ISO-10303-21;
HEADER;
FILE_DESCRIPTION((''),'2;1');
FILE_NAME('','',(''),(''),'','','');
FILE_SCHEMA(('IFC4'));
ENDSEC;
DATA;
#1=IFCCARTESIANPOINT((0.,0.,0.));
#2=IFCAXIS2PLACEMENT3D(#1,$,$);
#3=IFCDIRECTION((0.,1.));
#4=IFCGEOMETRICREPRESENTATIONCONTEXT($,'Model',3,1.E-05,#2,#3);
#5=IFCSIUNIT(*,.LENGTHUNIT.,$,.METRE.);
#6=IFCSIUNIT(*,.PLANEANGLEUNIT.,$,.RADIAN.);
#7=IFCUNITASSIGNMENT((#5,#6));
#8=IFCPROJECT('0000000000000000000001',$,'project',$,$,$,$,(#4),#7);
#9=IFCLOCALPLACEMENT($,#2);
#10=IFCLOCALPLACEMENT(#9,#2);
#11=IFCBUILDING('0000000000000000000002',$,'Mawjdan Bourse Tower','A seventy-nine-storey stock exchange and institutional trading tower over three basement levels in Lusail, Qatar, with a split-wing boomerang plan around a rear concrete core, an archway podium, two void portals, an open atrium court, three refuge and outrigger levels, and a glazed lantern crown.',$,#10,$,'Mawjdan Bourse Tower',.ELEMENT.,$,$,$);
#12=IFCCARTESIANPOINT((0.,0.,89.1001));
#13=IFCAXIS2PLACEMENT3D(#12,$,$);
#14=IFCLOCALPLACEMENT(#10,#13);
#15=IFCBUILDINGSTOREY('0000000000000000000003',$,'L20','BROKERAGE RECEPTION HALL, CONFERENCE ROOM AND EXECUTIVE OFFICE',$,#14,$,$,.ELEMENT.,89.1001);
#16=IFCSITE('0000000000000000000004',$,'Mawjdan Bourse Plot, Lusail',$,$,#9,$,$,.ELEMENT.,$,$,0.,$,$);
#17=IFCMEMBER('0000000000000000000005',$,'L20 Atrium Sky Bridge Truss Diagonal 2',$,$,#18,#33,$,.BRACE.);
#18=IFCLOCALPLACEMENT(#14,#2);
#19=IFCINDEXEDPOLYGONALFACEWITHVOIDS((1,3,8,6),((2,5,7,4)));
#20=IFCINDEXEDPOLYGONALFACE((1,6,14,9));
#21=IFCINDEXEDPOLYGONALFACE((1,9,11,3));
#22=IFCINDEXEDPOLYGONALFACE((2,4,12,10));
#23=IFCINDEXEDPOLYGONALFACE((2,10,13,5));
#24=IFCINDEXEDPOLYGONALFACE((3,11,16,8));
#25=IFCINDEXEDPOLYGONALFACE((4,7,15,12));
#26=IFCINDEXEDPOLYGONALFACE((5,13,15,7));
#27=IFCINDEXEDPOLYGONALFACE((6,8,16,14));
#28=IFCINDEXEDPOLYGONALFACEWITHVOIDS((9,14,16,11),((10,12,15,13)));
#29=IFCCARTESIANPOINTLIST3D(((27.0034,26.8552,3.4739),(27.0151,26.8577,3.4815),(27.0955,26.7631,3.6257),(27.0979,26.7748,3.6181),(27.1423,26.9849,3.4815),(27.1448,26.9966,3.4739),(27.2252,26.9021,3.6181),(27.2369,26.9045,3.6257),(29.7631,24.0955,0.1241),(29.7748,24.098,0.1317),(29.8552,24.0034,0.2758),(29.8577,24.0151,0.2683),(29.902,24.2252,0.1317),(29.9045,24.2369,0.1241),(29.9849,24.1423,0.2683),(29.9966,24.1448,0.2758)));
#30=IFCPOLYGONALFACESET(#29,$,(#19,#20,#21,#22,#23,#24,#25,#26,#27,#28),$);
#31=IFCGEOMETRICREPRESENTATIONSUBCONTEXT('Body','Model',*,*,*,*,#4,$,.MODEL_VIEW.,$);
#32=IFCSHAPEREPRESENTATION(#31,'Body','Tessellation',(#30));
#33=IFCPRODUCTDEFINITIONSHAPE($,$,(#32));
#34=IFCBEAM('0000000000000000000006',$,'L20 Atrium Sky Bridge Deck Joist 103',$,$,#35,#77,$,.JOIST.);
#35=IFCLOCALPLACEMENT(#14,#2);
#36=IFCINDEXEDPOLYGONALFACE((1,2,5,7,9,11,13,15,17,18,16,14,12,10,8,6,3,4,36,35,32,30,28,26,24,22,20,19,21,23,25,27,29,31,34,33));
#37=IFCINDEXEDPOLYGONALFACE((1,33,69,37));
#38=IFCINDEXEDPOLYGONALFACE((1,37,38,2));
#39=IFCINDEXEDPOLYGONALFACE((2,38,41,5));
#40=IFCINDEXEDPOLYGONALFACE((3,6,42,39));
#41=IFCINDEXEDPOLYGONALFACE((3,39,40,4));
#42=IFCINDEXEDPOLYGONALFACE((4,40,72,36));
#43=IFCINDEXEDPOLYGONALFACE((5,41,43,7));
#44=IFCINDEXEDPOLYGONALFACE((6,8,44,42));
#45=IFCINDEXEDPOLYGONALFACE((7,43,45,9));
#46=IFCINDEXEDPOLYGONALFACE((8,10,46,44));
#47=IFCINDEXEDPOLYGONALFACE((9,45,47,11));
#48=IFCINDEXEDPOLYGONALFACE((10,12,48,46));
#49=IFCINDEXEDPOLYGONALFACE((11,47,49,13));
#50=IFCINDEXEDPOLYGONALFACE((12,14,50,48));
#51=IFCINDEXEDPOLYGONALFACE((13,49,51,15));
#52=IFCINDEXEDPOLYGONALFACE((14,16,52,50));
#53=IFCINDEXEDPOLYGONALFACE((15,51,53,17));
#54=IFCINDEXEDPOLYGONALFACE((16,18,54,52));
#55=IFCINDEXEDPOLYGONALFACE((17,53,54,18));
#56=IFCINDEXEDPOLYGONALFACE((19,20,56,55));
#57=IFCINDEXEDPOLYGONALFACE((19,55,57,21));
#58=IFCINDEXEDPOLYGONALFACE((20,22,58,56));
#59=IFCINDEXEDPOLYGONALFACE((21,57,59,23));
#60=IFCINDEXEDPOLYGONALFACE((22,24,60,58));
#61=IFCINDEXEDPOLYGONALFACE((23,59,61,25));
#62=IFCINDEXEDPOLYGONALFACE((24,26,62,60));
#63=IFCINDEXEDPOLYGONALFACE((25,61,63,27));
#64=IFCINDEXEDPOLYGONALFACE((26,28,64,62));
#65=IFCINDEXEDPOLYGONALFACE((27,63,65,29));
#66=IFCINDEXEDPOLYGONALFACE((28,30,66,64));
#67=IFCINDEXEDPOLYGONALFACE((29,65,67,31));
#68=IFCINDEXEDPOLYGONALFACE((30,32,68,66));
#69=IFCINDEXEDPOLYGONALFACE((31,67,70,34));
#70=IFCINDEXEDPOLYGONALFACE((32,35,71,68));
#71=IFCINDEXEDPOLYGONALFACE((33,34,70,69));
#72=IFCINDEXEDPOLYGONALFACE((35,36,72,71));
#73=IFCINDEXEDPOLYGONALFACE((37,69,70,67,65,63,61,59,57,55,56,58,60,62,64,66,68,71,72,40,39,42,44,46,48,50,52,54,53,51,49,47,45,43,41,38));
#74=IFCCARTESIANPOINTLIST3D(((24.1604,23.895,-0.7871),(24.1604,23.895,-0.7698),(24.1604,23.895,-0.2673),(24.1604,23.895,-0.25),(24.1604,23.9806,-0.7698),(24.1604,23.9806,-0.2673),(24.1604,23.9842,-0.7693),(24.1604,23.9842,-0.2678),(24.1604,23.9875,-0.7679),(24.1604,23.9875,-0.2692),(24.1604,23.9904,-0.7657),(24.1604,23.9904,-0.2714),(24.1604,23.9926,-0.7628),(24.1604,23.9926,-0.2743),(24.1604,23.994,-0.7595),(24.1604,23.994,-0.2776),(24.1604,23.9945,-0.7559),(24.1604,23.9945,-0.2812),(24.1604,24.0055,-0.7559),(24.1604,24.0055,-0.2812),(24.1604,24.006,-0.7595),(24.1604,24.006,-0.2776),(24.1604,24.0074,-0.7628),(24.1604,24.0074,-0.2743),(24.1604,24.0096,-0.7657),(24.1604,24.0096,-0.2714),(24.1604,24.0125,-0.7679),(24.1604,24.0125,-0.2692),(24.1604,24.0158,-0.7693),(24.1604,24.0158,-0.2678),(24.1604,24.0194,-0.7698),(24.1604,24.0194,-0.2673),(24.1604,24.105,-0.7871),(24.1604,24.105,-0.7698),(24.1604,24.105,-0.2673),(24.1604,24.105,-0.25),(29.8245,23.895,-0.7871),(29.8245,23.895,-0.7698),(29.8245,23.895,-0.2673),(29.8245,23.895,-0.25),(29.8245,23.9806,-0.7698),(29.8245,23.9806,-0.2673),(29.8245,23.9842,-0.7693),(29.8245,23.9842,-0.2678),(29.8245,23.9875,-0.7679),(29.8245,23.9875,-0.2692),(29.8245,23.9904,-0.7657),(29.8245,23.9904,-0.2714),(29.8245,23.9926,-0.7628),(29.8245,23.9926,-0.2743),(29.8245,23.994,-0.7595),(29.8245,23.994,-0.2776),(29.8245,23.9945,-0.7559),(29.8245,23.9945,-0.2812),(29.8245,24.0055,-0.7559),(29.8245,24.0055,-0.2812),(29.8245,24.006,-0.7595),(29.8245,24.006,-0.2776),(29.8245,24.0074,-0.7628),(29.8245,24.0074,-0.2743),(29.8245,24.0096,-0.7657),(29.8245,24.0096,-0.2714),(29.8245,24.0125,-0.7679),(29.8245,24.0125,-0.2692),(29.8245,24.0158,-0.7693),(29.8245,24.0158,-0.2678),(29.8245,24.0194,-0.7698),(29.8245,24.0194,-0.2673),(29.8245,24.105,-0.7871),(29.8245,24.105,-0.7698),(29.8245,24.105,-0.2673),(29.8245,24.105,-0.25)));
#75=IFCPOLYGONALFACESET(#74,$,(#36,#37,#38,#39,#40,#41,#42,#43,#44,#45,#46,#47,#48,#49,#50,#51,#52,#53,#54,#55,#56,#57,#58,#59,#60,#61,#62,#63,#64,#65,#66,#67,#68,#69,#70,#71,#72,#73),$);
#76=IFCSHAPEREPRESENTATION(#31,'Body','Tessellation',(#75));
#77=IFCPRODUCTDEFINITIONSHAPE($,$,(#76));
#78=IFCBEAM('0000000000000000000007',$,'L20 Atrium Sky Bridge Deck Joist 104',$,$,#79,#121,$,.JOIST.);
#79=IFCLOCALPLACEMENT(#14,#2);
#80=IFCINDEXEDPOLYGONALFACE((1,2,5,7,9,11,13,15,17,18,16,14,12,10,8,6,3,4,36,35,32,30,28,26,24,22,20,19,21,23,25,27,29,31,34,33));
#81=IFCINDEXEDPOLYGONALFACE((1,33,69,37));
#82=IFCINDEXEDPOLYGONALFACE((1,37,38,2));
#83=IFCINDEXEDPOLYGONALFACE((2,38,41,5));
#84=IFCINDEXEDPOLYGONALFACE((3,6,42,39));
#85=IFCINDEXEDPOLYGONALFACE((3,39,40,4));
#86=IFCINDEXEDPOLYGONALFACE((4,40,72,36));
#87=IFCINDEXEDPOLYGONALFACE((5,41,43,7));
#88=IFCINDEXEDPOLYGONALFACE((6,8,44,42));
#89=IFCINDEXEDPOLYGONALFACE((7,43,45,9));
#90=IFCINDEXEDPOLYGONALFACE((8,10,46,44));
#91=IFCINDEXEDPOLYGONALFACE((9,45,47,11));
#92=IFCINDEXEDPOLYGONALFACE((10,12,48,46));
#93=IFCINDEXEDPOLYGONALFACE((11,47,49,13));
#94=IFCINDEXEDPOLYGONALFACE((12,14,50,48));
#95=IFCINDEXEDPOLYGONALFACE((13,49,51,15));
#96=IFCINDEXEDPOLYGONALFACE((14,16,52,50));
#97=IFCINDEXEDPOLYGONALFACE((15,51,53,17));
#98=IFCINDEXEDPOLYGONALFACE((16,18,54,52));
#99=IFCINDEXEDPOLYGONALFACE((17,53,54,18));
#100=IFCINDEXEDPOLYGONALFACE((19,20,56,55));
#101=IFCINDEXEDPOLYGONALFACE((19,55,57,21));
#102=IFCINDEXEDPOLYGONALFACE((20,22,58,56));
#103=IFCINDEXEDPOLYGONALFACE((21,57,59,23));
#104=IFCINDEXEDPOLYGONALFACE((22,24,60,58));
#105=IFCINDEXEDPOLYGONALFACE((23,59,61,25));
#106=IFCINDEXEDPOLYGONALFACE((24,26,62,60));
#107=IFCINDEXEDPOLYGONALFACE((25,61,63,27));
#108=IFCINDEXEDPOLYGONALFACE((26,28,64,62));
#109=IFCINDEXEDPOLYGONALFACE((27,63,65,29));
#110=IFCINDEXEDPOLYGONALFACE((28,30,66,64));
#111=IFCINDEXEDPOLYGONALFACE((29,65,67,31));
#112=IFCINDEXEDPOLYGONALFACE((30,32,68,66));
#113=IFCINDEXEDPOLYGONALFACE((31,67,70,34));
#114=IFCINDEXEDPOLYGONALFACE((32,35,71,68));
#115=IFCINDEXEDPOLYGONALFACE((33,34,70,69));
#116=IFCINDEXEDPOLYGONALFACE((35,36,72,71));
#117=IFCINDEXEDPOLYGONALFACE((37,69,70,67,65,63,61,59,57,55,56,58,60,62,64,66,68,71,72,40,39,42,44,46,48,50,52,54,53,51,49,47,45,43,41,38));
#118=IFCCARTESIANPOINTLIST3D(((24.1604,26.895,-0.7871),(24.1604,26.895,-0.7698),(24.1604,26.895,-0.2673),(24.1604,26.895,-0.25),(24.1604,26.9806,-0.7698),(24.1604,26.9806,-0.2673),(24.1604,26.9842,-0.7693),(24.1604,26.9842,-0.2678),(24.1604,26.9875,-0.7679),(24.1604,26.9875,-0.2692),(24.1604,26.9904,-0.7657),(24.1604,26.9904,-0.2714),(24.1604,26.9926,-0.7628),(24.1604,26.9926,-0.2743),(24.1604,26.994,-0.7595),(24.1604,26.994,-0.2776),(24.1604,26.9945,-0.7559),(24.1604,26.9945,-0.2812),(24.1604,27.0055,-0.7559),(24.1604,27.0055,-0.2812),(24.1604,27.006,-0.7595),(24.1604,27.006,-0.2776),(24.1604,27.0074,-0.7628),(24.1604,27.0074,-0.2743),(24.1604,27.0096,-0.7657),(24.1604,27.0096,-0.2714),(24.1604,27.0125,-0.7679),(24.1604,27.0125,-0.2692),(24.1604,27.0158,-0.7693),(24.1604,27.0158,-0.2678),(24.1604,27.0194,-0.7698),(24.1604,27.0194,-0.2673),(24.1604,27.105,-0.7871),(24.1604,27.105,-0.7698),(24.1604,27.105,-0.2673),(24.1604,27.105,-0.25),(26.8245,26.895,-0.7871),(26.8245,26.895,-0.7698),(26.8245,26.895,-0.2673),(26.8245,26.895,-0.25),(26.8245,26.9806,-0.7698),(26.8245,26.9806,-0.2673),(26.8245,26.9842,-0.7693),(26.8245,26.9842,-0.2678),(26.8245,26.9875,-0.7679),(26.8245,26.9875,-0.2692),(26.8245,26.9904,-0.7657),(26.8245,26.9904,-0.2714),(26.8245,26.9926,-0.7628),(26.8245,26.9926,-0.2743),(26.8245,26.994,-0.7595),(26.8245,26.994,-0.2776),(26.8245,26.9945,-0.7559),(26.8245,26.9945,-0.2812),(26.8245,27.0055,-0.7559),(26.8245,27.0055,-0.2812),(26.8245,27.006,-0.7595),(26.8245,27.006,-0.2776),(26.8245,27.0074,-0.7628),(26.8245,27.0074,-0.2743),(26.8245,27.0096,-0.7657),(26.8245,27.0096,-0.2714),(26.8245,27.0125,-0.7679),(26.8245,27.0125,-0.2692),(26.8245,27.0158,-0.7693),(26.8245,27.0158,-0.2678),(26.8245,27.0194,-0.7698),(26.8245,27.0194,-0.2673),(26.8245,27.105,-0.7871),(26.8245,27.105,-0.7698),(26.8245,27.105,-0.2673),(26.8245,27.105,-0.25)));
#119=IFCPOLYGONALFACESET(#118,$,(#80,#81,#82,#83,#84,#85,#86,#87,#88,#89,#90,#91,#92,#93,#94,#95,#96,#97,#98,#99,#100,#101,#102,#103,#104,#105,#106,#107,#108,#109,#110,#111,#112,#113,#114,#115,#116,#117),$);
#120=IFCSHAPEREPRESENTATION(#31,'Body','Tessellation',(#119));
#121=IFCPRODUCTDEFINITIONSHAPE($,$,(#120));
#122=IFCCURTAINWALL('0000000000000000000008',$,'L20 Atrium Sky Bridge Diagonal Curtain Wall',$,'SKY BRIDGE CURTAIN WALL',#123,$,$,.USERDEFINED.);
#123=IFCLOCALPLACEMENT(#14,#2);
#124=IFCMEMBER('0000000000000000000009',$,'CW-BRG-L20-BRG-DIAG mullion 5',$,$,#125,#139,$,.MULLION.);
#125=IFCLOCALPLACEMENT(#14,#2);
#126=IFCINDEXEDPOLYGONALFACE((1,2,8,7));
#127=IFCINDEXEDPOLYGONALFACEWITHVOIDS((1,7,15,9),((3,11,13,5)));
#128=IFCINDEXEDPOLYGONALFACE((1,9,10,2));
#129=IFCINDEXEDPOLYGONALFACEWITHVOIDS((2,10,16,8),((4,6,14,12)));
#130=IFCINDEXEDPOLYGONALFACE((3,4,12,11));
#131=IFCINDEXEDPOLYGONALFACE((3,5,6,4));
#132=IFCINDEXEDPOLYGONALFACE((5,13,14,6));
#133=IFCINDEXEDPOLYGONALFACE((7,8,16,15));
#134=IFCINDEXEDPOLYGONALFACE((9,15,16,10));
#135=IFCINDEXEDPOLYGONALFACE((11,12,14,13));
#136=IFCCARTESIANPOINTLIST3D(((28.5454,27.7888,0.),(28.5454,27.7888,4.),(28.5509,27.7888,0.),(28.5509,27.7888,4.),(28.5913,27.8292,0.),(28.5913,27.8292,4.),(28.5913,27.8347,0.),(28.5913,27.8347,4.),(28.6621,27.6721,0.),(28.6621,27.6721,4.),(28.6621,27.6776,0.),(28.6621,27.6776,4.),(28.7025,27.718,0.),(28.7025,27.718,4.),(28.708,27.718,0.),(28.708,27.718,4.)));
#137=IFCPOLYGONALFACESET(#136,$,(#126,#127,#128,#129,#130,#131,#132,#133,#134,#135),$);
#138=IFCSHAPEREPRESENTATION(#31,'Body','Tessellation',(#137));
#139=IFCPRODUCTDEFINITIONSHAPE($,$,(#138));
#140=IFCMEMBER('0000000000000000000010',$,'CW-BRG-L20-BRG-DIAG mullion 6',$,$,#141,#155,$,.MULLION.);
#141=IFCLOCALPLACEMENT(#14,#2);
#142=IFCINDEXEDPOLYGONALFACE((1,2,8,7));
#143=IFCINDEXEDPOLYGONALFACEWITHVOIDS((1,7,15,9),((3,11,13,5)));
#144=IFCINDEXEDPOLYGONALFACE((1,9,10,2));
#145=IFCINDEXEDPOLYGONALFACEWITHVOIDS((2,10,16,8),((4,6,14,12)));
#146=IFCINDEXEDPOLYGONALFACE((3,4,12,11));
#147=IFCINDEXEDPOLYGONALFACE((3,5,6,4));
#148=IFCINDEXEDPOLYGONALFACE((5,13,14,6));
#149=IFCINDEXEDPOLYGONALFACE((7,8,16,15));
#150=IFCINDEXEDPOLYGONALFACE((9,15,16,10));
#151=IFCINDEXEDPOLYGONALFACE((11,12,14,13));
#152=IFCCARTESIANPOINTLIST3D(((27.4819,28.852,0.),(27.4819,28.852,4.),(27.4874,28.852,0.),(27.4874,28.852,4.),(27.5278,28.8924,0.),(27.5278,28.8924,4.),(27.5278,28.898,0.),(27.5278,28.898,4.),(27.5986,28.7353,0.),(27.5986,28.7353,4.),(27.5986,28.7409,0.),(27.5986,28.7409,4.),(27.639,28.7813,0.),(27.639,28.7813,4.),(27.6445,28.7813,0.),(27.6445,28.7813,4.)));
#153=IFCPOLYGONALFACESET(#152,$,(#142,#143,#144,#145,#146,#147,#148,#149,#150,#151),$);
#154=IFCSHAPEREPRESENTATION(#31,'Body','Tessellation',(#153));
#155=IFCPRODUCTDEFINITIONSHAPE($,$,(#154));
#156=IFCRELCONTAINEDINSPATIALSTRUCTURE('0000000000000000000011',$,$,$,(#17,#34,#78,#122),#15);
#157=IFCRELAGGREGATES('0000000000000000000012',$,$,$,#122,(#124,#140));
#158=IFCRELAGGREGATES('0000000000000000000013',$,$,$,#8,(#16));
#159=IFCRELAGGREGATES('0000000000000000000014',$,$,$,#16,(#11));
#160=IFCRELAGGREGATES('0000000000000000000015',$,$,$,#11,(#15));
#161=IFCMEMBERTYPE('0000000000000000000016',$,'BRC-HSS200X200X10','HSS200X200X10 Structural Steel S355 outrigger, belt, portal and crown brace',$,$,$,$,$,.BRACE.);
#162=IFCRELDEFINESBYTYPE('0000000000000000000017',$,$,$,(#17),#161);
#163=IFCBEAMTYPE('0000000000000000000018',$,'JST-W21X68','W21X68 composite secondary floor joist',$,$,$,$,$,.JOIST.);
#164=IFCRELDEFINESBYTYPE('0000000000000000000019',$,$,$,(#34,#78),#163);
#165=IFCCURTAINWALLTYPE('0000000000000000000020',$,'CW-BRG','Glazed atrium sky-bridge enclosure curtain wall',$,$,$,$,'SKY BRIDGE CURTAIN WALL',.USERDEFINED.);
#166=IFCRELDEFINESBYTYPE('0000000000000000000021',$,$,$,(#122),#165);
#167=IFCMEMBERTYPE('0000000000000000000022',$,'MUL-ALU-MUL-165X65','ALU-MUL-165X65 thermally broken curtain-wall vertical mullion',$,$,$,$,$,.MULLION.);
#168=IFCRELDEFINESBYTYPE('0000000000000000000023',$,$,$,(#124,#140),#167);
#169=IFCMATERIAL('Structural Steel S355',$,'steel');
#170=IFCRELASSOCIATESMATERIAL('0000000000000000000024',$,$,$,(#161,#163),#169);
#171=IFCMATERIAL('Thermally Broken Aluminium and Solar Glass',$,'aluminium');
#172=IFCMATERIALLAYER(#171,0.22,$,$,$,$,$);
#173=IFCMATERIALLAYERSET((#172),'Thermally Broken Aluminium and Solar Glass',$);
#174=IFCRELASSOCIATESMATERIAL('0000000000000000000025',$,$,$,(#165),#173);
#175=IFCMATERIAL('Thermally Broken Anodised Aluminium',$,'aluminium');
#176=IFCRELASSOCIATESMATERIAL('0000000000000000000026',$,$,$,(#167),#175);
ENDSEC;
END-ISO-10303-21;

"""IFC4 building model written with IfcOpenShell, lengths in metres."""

from ifc_helpers import new_model, si_unit, direction, frame, origin, origin_2d, place, context, subcontext, project, spatial, hollow_rectangle, i_section, extrude, material, layer, layer_set, material_profile, profile_set, type_object, element, aggregate, save


model = new_model("IFC4")

# Units and contexts
model_context = context("Model", 3, precision=1e-05, world=origin(), true_north=direction((0.0, 1.0)))
body_context = subcontext(model_context, "Body", "Model", "MODEL_VIEW")
ifc_project = project(units=[si_unit("LENGTHUNIT", "METRE"), si_unit("PLANEANGLEUNIT", "RADIAN")], contexts=[model_context])

# Site, building, storey
site_placement = place(None, origin())
site = spatial("IfcSite", under=ifc_project, at=site_placement, Name="Mawjdan Bourse Plot, Lusail", CompositionType="ELEMENT", RefElevation=0.0)
building_placement = place(site_placement, origin())
building = spatial("IfcBuilding", under=site, at=building_placement, Name="Mawjdan Bourse Tower", Description="A seventy-nine-storey stock exchange and institutional trading tower over three basement levels in Lusail, Qatar, with a split-wing boomerang plan around a rear concrete core, an archway podium, two void portals, an open atrium court, three refuge and outrigger levels, and a glazed lantern crown.", LongName="Mawjdan Bourse Tower", CompositionType="ELEMENT")
storey_placement = place(building_placement, frame((0.0, 0.0, 89.1001)))
storey = spatial("IfcBuildingStorey", under=building, at=storey_placement, Name="L20", Description="BROKERAGE RECEPTION HALL, CONFERENCE ROOM AND EXECUTIVE OFFICE", CompositionType="ELEMENT", Elevation=89.1001)

# Member
ifc_material_1 = material(Name="Structural Steel S355", Category="steel")
ifc_material_profile_1 = material_profile(ifc_material_1, hollow_rectangle(XDim=0.2, YDim=0.2, WallThickness=0.01, at=origin_2d()), Name="HSS200X200X10")
ifc_profile_set_1 = profile_set([ifc_material_profile_1], Name="Structural Steel S355")
member_type_1 = type_object("IfcMemberType", Name="BRC-HSS200X200X10", Description="HSS200X200X10 Structural Steel S355 outrigger, belt, portal and crown brace", PredefinedType="BRACE", material=ifc_profile_set_1)
member_1_placement = place(storey_placement, frame((27.1201, 26.8799, 3.5498), z_axis=(0.536569, -0.536569, -0.651297), x_axis=(0.707107, 0.707107, 0.0)))
element("IfcMember", 1, at=member_1_placement, inside=storey, type_object=member_type_1, Name="L20 Atrium Sky Bridge Truss Diagonal 2", PredefinedType="BRACE", context=body_context, shape_type="SweptSolid", body=[
    extrude(hollow_rectangle(XDim=0.2, YDim=0.2, WallThickness=0.01, at=origin_2d()), origin(), (0.0, 0.0, 1.0), 5.1433),
])

# Beams
ifc_material_profile_2 = material_profile(ifc_material_1, i_section(OverallWidth=0.21, OverallDepth=0.5371, WebThickness=0.011, FlangeThickness=0.0173, FilletRadius=0.0139, at=origin_2d()), Name="W21X68")
ifc_profile_set_2 = profile_set([ifc_material_profile_2], Name="Structural Steel S355")
beam_type_1 = type_object("IfcBeamType", Name="JST-W21X68", Description="W21X68 composite secondary floor joist", PredefinedType="JOIST", material=ifc_profile_set_2)
beam_1_placement = place(storey_placement, frame((24.1604, 24.0, -0.5186), z_axis=(1.0, 0.0, 0.0), x_axis=(0.0, 1.0, 0.0)))
element("IfcBeam", 2, at=beam_1_placement, inside=storey, type_object=beam_type_1, Name="L20 Atrium Sky Bridge Deck Joist 103", PredefinedType="JOIST", context=body_context, shape_type="SweptSolid", body=[
    extrude(i_section(OverallWidth=0.21, OverallDepth=0.5371, WebThickness=0.011, FlangeThickness=0.0173, FilletRadius=0.0139, at=origin_2d()), origin(), (0.0, 0.0, 1.0), 5.6641),
])
beam_2_placement = place(storey_placement, frame((24.1604, 27.0, -0.5186), z_axis=(1.0, 0.0, 0.0), x_axis=(0.0, 1.0, 0.0)))
element("IfcBeam", 3, at=beam_2_placement, inside=storey, type_object=beam_type_1, Name="L20 Atrium Sky Bridge Deck Joist 104", PredefinedType="JOIST", context=body_context, shape_type="SweptSolid", body=[
    extrude(i_section(OverallWidth=0.21, OverallDepth=0.5371, WebThickness=0.011, FlangeThickness=0.0173, FilletRadius=0.0139, at=origin_2d()), origin(), (0.0, 0.0, 1.0), 2.6641),
])

# Curtain wall, members
ifc_material_2 = material(Name="Thermally Broken Aluminium and Solar Glass", Category="aluminium")
ifc_layer_1 = layer(ifc_material_2, 0.22)
ifc_layer_set_1 = layer_set([ifc_layer_1], Name="Thermally Broken Aluminium and Solar Glass")
curtain_wall_type = type_object("IfcCurtainWallType", Name="CW-BRG", Description="Glazed atrium sky-bridge enclosure curtain wall", ElementType="SKY BRIDGE CURTAIN WALL", PredefinedType="USERDEFINED", material=ifc_layer_set_1)
curtain_wall_placement = place(storey_placement, origin())
curtain_wall = element("IfcCurtainWall", 4, at=curtain_wall_placement, inside=storey, type_object=curtain_wall_type, Name="L20 Atrium Sky Bridge Diagonal Curtain Wall", ObjectType="SKY BRIDGE CURTAIN WALL", PredefinedType="USERDEFINED")
ifc_material_3 = material(Name="Thermally Broken Anodised Aluminium", Category="aluminium")
ifc_material_profile_3 = material_profile(ifc_material_3, hollow_rectangle(XDim=0.0649, YDim=0.165, WallThickness=0.0039, at=origin_2d()), Name="ALU-MUL-165X65")
ifc_profile_set_3 = profile_set([ifc_material_profile_3], Name="Thermally Broken Anodised Aluminium")
member_type_2 = type_object("IfcMemberType", Name="MUL-ALU-MUL-165X65", Description="ALU-MUL-165X65 thermally broken curtain-wall vertical mullion", PredefinedType="MULLION", material=ifc_profile_set_3)
member_2_placement = place(storey_placement, frame((28.6267, 27.7534, 0.0), z_axis=(0.0, 0.0, 1.0), x_axis=(-0.707107, -0.707107, 0.0)))
member_2 = element("IfcMember", 5, at=member_2_placement, type_object=member_type_2, Name="CW-BRG-L20-BRG-DIAG mullion 5", PredefinedType="MULLION", context=body_context, shape_type="SweptSolid", body=[
    extrude(hollow_rectangle(XDim=0.0649, YDim=0.165, WallThickness=0.0039, at=origin_2d()), origin(), (0.0, 0.0, 1.0), 4.0),
])
member_3_placement = place(storey_placement, frame((27.5632, 28.8167, 0.0), z_axis=(0.0, 0.0, 1.0), x_axis=(-0.707107, -0.707107, 0.0)))
member_3 = element("IfcMember", 6, at=member_3_placement, type_object=member_type_2, Name="CW-BRG-L20-BRG-DIAG mullion 6", PredefinedType="MULLION", context=body_context, shape_type="SweptSolid", body=[
    extrude(hollow_rectangle(XDim=0.0649, YDim=0.165, WallThickness=0.0039, at=origin_2d()), origin(), (0.0, 0.0, 1.0), 4.0),
])

aggregate(curtain_wall, [member_2, member_3])

save(model, "model.ifc")
